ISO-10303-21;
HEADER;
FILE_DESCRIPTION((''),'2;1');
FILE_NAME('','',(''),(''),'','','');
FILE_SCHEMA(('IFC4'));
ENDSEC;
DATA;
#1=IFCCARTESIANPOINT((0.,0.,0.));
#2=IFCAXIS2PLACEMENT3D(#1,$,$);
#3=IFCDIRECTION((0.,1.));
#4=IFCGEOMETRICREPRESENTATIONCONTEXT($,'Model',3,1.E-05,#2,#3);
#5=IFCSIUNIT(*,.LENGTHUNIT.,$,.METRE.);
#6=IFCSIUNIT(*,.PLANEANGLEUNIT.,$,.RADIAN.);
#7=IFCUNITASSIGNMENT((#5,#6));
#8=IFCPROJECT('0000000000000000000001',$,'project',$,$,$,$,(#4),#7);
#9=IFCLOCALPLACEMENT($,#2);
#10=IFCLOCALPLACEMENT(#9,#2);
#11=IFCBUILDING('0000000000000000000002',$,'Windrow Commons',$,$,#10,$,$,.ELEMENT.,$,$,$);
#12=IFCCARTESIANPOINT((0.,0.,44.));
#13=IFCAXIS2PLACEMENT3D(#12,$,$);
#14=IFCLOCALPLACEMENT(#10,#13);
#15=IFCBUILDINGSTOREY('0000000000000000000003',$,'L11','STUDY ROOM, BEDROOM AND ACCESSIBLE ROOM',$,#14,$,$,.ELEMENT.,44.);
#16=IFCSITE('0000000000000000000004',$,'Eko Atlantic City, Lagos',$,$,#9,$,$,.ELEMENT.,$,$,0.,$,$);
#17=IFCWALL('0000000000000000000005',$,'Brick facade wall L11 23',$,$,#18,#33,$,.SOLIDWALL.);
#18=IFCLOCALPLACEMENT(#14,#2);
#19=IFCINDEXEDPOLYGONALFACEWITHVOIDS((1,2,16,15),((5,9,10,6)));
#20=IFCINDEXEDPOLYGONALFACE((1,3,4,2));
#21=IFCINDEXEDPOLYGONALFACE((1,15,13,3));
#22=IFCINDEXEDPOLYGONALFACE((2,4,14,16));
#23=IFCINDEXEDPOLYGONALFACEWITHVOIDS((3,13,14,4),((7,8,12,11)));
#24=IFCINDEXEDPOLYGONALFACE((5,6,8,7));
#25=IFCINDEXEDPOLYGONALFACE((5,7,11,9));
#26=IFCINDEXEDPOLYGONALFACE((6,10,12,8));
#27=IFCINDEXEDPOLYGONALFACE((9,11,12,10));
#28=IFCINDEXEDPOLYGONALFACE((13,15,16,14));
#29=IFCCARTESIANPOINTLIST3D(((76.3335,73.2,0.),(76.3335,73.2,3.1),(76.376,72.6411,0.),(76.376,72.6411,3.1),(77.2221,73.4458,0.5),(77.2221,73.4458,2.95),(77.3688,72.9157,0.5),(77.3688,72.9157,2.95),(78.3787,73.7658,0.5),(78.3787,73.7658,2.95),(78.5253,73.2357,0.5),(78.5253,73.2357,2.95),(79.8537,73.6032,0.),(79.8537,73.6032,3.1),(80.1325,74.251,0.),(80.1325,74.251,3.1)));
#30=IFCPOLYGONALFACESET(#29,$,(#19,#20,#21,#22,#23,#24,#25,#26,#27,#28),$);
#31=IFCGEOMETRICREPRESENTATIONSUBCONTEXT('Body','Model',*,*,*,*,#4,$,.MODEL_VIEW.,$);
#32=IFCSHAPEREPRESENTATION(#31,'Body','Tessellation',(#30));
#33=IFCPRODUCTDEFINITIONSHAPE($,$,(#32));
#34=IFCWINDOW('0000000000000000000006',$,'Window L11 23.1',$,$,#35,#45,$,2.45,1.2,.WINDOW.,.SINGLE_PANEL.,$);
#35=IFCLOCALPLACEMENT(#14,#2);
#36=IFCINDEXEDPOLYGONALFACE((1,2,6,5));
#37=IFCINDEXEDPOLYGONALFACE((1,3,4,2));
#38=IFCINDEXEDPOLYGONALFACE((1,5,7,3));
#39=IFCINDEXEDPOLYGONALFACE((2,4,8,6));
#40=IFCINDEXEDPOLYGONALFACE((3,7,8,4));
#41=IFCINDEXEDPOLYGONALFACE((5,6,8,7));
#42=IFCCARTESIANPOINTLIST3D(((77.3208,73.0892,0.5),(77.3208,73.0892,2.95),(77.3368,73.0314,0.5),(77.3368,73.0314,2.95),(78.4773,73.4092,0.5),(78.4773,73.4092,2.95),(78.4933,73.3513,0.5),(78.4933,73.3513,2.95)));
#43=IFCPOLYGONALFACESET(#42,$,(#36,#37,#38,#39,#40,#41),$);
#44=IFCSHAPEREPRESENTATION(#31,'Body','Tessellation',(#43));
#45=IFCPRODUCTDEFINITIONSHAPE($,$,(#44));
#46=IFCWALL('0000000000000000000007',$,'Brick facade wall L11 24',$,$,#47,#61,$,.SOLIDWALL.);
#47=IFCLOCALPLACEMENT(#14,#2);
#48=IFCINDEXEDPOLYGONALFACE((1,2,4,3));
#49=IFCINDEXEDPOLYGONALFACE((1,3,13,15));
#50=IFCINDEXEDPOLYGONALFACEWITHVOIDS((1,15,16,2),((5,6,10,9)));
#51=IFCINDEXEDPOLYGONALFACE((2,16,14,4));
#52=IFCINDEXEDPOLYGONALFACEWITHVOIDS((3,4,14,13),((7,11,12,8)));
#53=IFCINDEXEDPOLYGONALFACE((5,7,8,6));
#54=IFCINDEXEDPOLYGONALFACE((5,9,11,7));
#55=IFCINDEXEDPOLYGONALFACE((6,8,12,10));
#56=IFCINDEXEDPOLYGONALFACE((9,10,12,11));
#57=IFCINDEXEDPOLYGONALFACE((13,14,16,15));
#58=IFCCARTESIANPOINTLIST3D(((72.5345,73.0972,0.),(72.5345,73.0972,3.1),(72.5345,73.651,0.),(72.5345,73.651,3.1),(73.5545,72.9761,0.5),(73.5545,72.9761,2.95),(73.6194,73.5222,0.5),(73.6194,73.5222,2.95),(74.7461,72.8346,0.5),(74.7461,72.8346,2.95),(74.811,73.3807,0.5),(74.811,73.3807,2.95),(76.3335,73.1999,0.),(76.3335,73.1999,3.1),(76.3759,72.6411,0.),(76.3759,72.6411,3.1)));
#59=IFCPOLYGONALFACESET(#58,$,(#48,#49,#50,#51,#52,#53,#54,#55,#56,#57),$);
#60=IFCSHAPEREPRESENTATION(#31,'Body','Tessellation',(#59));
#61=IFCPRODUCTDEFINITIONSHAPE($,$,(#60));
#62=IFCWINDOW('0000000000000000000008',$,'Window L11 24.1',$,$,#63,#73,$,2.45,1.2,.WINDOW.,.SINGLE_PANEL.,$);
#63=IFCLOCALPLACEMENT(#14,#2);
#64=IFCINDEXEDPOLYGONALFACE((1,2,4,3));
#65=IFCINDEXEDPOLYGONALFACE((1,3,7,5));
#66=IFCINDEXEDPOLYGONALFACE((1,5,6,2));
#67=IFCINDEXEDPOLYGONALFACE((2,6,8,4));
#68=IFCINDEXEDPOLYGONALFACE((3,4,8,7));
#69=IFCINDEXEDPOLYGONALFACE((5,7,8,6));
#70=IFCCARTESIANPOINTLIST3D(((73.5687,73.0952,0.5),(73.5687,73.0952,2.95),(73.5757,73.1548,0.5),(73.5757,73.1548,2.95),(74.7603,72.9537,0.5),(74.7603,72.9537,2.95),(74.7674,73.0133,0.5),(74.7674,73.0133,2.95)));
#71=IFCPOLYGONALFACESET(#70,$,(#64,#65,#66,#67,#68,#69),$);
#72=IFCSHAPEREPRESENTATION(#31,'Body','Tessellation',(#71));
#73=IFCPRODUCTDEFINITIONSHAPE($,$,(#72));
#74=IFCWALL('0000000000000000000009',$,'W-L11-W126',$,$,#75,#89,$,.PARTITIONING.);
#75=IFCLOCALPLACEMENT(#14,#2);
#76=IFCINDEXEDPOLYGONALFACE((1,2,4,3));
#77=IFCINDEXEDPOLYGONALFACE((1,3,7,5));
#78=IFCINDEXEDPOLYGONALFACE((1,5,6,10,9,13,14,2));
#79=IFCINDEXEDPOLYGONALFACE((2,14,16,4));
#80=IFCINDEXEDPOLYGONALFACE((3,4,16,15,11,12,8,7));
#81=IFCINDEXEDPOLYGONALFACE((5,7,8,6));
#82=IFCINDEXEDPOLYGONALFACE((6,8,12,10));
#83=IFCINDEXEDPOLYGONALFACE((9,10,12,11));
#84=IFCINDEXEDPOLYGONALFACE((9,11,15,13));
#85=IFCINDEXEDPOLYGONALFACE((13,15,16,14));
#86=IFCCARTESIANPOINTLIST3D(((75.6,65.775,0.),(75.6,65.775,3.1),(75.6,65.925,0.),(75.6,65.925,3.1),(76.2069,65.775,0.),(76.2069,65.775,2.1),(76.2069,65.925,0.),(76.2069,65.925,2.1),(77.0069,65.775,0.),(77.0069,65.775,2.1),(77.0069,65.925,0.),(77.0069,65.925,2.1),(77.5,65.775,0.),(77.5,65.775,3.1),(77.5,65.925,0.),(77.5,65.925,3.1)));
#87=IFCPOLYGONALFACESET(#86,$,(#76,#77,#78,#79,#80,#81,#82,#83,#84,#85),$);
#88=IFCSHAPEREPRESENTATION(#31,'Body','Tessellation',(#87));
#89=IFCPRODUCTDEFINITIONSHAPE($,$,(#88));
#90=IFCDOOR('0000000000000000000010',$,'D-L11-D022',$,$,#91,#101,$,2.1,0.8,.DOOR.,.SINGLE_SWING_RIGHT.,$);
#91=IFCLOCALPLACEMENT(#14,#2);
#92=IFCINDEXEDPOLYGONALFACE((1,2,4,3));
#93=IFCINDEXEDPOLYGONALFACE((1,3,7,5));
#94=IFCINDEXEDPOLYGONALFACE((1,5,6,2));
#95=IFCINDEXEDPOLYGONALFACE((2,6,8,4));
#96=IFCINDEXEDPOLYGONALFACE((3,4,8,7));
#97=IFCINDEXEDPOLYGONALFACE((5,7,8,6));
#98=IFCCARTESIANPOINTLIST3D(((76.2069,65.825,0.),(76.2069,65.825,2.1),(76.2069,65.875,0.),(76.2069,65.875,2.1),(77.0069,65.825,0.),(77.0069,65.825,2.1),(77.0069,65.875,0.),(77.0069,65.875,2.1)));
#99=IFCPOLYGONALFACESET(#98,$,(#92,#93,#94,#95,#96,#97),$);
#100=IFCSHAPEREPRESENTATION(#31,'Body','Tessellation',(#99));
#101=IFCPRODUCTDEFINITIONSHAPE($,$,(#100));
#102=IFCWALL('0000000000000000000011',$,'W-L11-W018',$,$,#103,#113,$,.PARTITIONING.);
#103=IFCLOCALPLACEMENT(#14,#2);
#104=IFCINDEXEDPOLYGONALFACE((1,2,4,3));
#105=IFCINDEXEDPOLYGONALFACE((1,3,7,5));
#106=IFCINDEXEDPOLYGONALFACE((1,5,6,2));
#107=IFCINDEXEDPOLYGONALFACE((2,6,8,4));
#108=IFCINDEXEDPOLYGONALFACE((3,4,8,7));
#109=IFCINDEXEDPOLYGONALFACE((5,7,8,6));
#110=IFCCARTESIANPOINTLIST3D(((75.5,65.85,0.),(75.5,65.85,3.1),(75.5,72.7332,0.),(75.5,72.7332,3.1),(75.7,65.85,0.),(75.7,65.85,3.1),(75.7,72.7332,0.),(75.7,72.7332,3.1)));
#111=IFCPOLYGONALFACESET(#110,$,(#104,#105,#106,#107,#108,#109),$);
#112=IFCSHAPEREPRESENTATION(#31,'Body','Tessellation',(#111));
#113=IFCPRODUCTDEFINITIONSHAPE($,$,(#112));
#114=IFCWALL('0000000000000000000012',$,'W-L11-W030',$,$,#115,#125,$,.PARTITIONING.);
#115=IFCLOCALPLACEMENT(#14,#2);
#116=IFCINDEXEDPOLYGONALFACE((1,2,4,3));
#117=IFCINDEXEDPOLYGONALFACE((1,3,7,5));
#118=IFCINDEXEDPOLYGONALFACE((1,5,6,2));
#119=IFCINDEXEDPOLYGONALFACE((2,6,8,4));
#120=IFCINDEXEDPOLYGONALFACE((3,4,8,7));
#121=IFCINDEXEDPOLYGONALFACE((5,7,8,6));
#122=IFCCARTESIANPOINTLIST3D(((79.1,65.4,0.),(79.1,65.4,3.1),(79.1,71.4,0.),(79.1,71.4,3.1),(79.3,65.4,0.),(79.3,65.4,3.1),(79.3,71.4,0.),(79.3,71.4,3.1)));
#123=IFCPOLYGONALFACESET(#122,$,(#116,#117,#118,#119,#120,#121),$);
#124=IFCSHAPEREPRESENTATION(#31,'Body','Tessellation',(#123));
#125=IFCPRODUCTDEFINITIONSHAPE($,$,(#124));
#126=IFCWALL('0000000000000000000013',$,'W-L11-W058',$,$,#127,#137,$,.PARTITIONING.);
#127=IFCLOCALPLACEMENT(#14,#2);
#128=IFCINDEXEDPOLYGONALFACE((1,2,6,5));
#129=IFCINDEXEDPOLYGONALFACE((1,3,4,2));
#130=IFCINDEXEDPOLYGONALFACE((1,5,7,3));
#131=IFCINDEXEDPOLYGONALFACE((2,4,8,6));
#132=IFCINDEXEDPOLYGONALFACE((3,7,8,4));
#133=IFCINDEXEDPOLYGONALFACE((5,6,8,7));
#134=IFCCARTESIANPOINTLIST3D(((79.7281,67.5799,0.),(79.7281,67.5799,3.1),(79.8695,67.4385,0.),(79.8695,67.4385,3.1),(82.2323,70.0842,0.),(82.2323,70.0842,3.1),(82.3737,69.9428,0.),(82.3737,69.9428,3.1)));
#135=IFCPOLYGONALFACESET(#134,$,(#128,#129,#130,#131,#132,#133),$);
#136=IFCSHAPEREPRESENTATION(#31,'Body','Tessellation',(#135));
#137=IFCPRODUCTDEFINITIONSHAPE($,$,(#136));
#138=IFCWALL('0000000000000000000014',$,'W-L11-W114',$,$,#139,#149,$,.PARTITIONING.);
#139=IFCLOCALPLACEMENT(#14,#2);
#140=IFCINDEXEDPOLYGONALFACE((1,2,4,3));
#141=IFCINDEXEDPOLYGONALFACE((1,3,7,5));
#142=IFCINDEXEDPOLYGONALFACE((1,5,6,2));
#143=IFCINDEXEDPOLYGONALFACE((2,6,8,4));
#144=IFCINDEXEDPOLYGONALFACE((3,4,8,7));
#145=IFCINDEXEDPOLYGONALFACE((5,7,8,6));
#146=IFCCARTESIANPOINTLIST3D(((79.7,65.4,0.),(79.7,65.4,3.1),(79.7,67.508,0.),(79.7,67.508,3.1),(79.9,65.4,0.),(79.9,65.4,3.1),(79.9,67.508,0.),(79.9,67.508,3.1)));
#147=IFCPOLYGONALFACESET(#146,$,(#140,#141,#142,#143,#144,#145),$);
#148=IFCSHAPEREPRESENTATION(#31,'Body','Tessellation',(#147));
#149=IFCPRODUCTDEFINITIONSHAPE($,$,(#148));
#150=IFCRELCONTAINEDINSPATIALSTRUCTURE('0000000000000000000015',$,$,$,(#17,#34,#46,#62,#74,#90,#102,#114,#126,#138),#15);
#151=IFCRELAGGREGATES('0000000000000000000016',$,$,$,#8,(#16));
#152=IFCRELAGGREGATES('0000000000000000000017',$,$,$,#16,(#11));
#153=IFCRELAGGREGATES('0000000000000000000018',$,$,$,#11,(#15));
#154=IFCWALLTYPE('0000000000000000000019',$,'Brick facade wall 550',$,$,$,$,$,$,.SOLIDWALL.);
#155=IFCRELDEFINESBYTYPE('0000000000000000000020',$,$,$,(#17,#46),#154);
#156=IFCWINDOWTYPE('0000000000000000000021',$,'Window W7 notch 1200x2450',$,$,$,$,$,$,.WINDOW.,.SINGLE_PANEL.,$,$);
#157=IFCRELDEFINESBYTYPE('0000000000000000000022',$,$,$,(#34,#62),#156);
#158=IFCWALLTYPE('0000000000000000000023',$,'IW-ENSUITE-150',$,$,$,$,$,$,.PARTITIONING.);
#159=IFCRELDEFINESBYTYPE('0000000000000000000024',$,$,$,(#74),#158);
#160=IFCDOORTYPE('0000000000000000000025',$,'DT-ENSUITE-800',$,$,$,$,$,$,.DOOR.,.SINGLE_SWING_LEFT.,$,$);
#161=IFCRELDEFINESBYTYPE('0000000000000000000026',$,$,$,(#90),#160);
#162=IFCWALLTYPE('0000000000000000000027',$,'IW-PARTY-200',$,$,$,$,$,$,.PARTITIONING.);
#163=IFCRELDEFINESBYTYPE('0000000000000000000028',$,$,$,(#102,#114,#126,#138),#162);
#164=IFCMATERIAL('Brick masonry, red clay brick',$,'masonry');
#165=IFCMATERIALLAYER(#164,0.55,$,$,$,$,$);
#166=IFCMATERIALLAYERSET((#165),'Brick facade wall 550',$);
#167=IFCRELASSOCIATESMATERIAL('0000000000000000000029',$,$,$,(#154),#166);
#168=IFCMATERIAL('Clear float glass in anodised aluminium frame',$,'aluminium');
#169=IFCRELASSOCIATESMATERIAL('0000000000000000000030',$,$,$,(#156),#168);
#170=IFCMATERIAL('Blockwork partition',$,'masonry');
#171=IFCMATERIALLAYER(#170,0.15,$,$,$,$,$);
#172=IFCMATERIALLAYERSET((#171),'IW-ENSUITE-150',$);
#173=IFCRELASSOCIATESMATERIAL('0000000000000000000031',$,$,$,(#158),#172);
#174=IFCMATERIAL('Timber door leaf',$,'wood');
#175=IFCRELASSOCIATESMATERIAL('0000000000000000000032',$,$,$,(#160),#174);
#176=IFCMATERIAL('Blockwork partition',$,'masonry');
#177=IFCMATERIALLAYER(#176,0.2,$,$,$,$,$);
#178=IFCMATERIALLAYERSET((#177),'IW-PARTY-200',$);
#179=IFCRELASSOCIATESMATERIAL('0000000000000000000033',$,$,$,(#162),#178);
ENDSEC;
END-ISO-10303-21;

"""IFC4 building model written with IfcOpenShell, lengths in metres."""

from ifc_helpers import new_model, si_unit, direction, frame, frame_2d, origin, place, context, subcontext, project, spatial, polyline, rectangle, outline, extrude, material, layer, layer_set, type_object, element, fill, save


model = new_model("IFC4")

# Units and contexts
model_context = context("Model", 3, precision=1e-05, world=origin(), true_north=direction((0.0, 1.0)))
body_context = subcontext(model_context, "Body", "Model", "MODEL_VIEW")
ifc_project = project(units=[si_unit("LENGTHUNIT", "METRE"), si_unit("PLANEANGLEUNIT", "RADIAN")], contexts=[model_context])

# Site, building, storey
site_placement = place(None, origin())
site = spatial("IfcSite", under=ifc_project, at=site_placement, Name="Eko Atlantic City, Lagos", CompositionType="ELEMENT", RefElevation=0.0)
building_placement = place(site_placement, origin())
building = spatial("IfcBuilding", under=site, at=building_placement, Name="Windrow Commons", CompositionType="ELEMENT")
storey_placement = place(building_placement, frame((0.0, 0.0, 44.0)))
storey = spatial("IfcBuildingStorey", under=building, at=storey_placement, Name="L11", Description="STUDY ROOM, BEDROOM AND ACCESSIBLE ROOM", CompositionType="ELEMENT", Elevation=44.0)

# Walls, openings, windows
ifc_material_1 = material(Name="Brick masonry, red clay brick", Category="masonry")
ifc_layer_1 = layer(ifc_material_1, 0.55)
ifc_layer_set_1 = layer_set([ifc_layer_1], Name="Brick facade wall 550")
wall_type_1 = type_object("IfcWallType", Name="Brick facade wall 550", PredefinedType="SOLIDWALL", material=ifc_layer_set_1)
ifc_material_2 = material(Name="Clear float glass in anodised aluminium frame", Category="aluminium")
window_type = type_object("IfcWindowType", Name="Window W7 notch 1200x2450", PartitioningType="SINGLE_PANEL", PredefinedType="WINDOW", material=ifc_material_2)
wall_1_placement = place(storey_placement, frame((79.9931, 73.9271, 0.0), z_axis=(0.0, 0.0, 1.0), x_axis=(-0.963795, -0.266644, 0.0)))
wall_1 = element("IfcWall", 1, at=wall_1_placement, inside=storey, type_object=wall_type_1, Name="Brick facade wall L11 23", PredefinedType="SOLIDWALL", context=body_context, shape_type="SweptSolid", body=[
    extrude(outline(polyline([(-0.2207, -0.275), (3.721, -0.275), (3.8291, 0.275), (0.2207, 0.275), (-0.2207, -0.275)])), origin(), (0.0, 0.0, 1.0), 3.1),
])
opening_1_placement = place(wall_1_placement, frame((1.599, 0.0, 0.5)))
opening_1 = element("IfcOpeningElement", 2, at=opening_1_placement, cuts=wall_1, PredefinedType="OPENING", context=body_context, shape_type="SweptSolid", body=[
    extrude(rectangle(XDim=1.2, YDim=2.45, at=frame_2d((0.6, 1.225))), frame((0.0, 0.285, 0.0), z_axis=(0.0, -1.0, 0.0), x_axis=(1.0, 0.0, 0.0)), (0.0, 0.0, 1.0), 0.57),
])
window_1_placement = place(opening_1_placement, origin())
window_1 = element("IfcWindow", 3, at=window_1_placement, inside=storey, type_object=window_type, Name="Window L11 23.1", OverallHeight=2.45, OverallWidth=1.2, PartitioningType="SINGLE_PANEL", PredefinedType="WINDOW", context=body_context, shape_type="SweptSolid", body=[
    extrude(rectangle(XDim=1.2, YDim=2.45, at=frame_2d((0.6, 1.225))), frame((0.0, 0.155, 0.0), z_axis=(0.0, -1.0, 0.0), x_axis=(1.0, 0.0, 0.0)), (0.0, 0.0, 1.0), 0.06),
])
fill(opening_1, window_1)
wall_2_placement = place(storey_placement, frame((76.3547, 72.9205, 0.0), z_axis=(0.0, 0.0, 1.0), x_axis=(-0.993024, 0.117909, 0.0)))
wall_2 = element("IfcWall", 4, at=wall_2_placement, inside=storey, type_object=wall_type_1, Name="Brick facade wall L11 24", PredefinedType="SOLIDWALL", context=body_context, shape_type="SweptSolid", body=[
    extrude(outline(polyline([(0.054, -0.275), (3.8797, -0.275), (3.8144, 0.275), (-0.054, 0.275), (0.054, -0.275)])), origin(), (0.0, 0.0, 1.0), 3.1),
])
opening_2_placement = place(wall_2_placement, frame((1.5872, 0.0, 0.5)))
opening_2 = element("IfcOpeningElement", 5, at=opening_2_placement, cuts=wall_2, PredefinedType="OPENING", context=body_context, shape_type="SweptSolid", body=[
    extrude(rectangle(XDim=1.2, YDim=2.45, at=frame_2d((0.6, 1.225))), frame((0.0, 0.285, 0.0), z_axis=(0.0, -1.0, 0.0), x_axis=(1.0, 0.0, 0.0)), (0.0, 0.0, 1.0), 0.57),
])
window_2_placement = place(opening_2_placement, origin())
window_2 = element("IfcWindow", 6, at=window_2_placement, inside=storey, type_object=window_type, Name="Window L11 24.1", OverallHeight=2.45, OverallWidth=1.2, PartitioningType="SINGLE_PANEL", PredefinedType="WINDOW", context=body_context, shape_type="SweptSolid", body=[
    extrude(rectangle(XDim=1.2, YDim=2.45, at=frame_2d((0.6, 1.225))), frame((0.0, 0.155, 0.0), z_axis=(0.0, -1.0, 0.0), x_axis=(1.0, 0.0, 0.0)), (0.0, 0.0, 1.0), 0.06),
])
fill(opening_2, window_2)

# Wall, opening, door
ifc_material_3 = material(Name="Blockwork partition", Category="masonry")
ifc_layer_2 = layer(ifc_material_3, 0.15)
ifc_layer_set_2 = layer_set([ifc_layer_2], Name="IW-ENSUITE-150")
wall_type_2 = type_object("IfcWallType", Name="IW-ENSUITE-150", PredefinedType="PARTITIONING", material=ifc_layer_set_2)
wall_3_placement = place(storey_placement, frame((75.6, 65.85, 0.0), z_axis=(0.0, 0.0, 1.0), x_axis=(1.0, 0.0, 0.0)))
wall_3 = element("IfcWall", 7, at=wall_3_placement, inside=storey, type_object=wall_type_2, Name="W-L11-W126", PredefinedType="PARTITIONING", context=body_context, shape_type="SweptSolid", body=[
    extrude(rectangle(XDim=1.9, YDim=0.15, at=frame_2d((0.95, 0.0))), origin(), (0.0, 0.0, 1.0), 3.1),
])
opening_3_placement = place(wall_3_placement, frame((0.6069, 0.0, 0.0)))
opening_3 = element("IfcOpeningElement", 8, at=opening_3_placement, cuts=wall_3, PredefinedType="OPENING", context=body_context, shape_type="SweptSolid", body=[
    extrude(rectangle(XDim=0.8, YDim=2.1, at=frame_2d((0.4, 1.05))), frame((0.0, 0.085, 0.0), z_axis=(0.0, -1.0, 0.0), x_axis=(1.0, 0.0, 0.0)), (0.0, 0.0, 1.0), 0.17),
])
ifc_material_4 = material(Name="Timber door leaf", Category="wood")
door_type = type_object("IfcDoorType", Name="DT-ENSUITE-800", OperationType="SINGLE_SWING_LEFT", PredefinedType="DOOR", material=ifc_material_4)
door_placement = place(opening_3_placement, origin())
door = element("IfcDoor", 9, at=door_placement, inside=storey, type_object=door_type, Name="D-L11-D022", OperationType="SINGLE_SWING_RIGHT", OverallHeight=2.1, OverallWidth=0.8, PredefinedType="DOOR", context=body_context, shape_type="SweptSolid", body=[
    extrude(rectangle(XDim=0.8, YDim=2.1, at=frame_2d((0.4, 1.05))), frame((0.0, 0.025, 0.0), z_axis=(0.0, -1.0, 0.0), x_axis=(1.0, 0.0, 0.0)), (0.0, 0.0, 1.0), 0.05),
])
fill(opening_3, door)

# Walls
ifc_material_5 = material(Name="Blockwork partition", Category="masonry")
ifc_layer_3 = layer(ifc_material_5, 0.2)
ifc_layer_set_3 = layer_set([ifc_layer_3], Name="IW-PARTY-200")
wall_type_3 = type_object("IfcWallType", Name="IW-PARTY-200", PredefinedType="PARTITIONING", material=ifc_layer_set_3)
wall_4_placement = place(storey_placement, frame((75.6, 65.85, 0.0), z_axis=(0.0, 0.0, 1.0), x_axis=(0.0, 1.0, 0.0)))
element("IfcWall", 10, at=wall_4_placement, inside=storey, type_object=wall_type_3, Name="W-L11-W018", PredefinedType="PARTITIONING", context=body_context, shape_type="SweptSolid", body=[
    extrude(rectangle(XDim=6.8832, YDim=0.2, at=frame_2d((3.4416, 0.0))), origin(), (0.0, 0.0, 1.0), 3.1),
])
wall_5_placement = place(storey_placement, frame((79.2, 65.4, 0.0), z_axis=(0.0, 0.0, 1.0), x_axis=(0.0, 1.0, 0.0)))
element("IfcWall", 11, at=wall_5_placement, inside=storey, type_object=wall_type_3, Name="W-L11-W030", PredefinedType="PARTITIONING", context=body_context, shape_type="SweptSolid", body=[
    extrude(rectangle(XDim=6.0, YDim=0.2, at=frame_2d((3.0, 0.0))), origin(), (0.0, 0.0, 1.0), 3.1),
])
wall_6_placement = place(storey_placement, frame((79.7988, 67.5092, 0.0), z_axis=(0.0, 0.0, 1.0), x_axis=(0.707093, 0.707121, 0.0)))
element("IfcWall", 12, at=wall_6_placement, inside=storey, type_object=wall_type_3, Name="W-L11-W058", PredefinedType="PARTITIONING", context=body_context, shape_type="SweptSolid", body=[
    extrude(rectangle(XDim=3.5415, YDim=0.2, at=frame_2d((1.7708, 0.0))), origin(), (0.0, 0.0, 1.0), 3.1),
])
wall_7_placement = place(storey_placement, frame((79.8, 65.4, 0.0), z_axis=(0.0, 0.0, 1.0), x_axis=(0.0, 1.0, 0.0)))
element("IfcWall", 13, at=wall_7_placement, inside=storey, type_object=wall_type_3, Name="W-L11-W114", PredefinedType="PARTITIONING", context=body_context, shape_type="SweptSolid", body=[
    extrude(rectangle(XDim=2.108, YDim=0.2, at=frame_2d((1.054, 0.0))), origin(), (0.0, 0.0, 1.0), 3.1),
])

save(model, "model.ifc")
